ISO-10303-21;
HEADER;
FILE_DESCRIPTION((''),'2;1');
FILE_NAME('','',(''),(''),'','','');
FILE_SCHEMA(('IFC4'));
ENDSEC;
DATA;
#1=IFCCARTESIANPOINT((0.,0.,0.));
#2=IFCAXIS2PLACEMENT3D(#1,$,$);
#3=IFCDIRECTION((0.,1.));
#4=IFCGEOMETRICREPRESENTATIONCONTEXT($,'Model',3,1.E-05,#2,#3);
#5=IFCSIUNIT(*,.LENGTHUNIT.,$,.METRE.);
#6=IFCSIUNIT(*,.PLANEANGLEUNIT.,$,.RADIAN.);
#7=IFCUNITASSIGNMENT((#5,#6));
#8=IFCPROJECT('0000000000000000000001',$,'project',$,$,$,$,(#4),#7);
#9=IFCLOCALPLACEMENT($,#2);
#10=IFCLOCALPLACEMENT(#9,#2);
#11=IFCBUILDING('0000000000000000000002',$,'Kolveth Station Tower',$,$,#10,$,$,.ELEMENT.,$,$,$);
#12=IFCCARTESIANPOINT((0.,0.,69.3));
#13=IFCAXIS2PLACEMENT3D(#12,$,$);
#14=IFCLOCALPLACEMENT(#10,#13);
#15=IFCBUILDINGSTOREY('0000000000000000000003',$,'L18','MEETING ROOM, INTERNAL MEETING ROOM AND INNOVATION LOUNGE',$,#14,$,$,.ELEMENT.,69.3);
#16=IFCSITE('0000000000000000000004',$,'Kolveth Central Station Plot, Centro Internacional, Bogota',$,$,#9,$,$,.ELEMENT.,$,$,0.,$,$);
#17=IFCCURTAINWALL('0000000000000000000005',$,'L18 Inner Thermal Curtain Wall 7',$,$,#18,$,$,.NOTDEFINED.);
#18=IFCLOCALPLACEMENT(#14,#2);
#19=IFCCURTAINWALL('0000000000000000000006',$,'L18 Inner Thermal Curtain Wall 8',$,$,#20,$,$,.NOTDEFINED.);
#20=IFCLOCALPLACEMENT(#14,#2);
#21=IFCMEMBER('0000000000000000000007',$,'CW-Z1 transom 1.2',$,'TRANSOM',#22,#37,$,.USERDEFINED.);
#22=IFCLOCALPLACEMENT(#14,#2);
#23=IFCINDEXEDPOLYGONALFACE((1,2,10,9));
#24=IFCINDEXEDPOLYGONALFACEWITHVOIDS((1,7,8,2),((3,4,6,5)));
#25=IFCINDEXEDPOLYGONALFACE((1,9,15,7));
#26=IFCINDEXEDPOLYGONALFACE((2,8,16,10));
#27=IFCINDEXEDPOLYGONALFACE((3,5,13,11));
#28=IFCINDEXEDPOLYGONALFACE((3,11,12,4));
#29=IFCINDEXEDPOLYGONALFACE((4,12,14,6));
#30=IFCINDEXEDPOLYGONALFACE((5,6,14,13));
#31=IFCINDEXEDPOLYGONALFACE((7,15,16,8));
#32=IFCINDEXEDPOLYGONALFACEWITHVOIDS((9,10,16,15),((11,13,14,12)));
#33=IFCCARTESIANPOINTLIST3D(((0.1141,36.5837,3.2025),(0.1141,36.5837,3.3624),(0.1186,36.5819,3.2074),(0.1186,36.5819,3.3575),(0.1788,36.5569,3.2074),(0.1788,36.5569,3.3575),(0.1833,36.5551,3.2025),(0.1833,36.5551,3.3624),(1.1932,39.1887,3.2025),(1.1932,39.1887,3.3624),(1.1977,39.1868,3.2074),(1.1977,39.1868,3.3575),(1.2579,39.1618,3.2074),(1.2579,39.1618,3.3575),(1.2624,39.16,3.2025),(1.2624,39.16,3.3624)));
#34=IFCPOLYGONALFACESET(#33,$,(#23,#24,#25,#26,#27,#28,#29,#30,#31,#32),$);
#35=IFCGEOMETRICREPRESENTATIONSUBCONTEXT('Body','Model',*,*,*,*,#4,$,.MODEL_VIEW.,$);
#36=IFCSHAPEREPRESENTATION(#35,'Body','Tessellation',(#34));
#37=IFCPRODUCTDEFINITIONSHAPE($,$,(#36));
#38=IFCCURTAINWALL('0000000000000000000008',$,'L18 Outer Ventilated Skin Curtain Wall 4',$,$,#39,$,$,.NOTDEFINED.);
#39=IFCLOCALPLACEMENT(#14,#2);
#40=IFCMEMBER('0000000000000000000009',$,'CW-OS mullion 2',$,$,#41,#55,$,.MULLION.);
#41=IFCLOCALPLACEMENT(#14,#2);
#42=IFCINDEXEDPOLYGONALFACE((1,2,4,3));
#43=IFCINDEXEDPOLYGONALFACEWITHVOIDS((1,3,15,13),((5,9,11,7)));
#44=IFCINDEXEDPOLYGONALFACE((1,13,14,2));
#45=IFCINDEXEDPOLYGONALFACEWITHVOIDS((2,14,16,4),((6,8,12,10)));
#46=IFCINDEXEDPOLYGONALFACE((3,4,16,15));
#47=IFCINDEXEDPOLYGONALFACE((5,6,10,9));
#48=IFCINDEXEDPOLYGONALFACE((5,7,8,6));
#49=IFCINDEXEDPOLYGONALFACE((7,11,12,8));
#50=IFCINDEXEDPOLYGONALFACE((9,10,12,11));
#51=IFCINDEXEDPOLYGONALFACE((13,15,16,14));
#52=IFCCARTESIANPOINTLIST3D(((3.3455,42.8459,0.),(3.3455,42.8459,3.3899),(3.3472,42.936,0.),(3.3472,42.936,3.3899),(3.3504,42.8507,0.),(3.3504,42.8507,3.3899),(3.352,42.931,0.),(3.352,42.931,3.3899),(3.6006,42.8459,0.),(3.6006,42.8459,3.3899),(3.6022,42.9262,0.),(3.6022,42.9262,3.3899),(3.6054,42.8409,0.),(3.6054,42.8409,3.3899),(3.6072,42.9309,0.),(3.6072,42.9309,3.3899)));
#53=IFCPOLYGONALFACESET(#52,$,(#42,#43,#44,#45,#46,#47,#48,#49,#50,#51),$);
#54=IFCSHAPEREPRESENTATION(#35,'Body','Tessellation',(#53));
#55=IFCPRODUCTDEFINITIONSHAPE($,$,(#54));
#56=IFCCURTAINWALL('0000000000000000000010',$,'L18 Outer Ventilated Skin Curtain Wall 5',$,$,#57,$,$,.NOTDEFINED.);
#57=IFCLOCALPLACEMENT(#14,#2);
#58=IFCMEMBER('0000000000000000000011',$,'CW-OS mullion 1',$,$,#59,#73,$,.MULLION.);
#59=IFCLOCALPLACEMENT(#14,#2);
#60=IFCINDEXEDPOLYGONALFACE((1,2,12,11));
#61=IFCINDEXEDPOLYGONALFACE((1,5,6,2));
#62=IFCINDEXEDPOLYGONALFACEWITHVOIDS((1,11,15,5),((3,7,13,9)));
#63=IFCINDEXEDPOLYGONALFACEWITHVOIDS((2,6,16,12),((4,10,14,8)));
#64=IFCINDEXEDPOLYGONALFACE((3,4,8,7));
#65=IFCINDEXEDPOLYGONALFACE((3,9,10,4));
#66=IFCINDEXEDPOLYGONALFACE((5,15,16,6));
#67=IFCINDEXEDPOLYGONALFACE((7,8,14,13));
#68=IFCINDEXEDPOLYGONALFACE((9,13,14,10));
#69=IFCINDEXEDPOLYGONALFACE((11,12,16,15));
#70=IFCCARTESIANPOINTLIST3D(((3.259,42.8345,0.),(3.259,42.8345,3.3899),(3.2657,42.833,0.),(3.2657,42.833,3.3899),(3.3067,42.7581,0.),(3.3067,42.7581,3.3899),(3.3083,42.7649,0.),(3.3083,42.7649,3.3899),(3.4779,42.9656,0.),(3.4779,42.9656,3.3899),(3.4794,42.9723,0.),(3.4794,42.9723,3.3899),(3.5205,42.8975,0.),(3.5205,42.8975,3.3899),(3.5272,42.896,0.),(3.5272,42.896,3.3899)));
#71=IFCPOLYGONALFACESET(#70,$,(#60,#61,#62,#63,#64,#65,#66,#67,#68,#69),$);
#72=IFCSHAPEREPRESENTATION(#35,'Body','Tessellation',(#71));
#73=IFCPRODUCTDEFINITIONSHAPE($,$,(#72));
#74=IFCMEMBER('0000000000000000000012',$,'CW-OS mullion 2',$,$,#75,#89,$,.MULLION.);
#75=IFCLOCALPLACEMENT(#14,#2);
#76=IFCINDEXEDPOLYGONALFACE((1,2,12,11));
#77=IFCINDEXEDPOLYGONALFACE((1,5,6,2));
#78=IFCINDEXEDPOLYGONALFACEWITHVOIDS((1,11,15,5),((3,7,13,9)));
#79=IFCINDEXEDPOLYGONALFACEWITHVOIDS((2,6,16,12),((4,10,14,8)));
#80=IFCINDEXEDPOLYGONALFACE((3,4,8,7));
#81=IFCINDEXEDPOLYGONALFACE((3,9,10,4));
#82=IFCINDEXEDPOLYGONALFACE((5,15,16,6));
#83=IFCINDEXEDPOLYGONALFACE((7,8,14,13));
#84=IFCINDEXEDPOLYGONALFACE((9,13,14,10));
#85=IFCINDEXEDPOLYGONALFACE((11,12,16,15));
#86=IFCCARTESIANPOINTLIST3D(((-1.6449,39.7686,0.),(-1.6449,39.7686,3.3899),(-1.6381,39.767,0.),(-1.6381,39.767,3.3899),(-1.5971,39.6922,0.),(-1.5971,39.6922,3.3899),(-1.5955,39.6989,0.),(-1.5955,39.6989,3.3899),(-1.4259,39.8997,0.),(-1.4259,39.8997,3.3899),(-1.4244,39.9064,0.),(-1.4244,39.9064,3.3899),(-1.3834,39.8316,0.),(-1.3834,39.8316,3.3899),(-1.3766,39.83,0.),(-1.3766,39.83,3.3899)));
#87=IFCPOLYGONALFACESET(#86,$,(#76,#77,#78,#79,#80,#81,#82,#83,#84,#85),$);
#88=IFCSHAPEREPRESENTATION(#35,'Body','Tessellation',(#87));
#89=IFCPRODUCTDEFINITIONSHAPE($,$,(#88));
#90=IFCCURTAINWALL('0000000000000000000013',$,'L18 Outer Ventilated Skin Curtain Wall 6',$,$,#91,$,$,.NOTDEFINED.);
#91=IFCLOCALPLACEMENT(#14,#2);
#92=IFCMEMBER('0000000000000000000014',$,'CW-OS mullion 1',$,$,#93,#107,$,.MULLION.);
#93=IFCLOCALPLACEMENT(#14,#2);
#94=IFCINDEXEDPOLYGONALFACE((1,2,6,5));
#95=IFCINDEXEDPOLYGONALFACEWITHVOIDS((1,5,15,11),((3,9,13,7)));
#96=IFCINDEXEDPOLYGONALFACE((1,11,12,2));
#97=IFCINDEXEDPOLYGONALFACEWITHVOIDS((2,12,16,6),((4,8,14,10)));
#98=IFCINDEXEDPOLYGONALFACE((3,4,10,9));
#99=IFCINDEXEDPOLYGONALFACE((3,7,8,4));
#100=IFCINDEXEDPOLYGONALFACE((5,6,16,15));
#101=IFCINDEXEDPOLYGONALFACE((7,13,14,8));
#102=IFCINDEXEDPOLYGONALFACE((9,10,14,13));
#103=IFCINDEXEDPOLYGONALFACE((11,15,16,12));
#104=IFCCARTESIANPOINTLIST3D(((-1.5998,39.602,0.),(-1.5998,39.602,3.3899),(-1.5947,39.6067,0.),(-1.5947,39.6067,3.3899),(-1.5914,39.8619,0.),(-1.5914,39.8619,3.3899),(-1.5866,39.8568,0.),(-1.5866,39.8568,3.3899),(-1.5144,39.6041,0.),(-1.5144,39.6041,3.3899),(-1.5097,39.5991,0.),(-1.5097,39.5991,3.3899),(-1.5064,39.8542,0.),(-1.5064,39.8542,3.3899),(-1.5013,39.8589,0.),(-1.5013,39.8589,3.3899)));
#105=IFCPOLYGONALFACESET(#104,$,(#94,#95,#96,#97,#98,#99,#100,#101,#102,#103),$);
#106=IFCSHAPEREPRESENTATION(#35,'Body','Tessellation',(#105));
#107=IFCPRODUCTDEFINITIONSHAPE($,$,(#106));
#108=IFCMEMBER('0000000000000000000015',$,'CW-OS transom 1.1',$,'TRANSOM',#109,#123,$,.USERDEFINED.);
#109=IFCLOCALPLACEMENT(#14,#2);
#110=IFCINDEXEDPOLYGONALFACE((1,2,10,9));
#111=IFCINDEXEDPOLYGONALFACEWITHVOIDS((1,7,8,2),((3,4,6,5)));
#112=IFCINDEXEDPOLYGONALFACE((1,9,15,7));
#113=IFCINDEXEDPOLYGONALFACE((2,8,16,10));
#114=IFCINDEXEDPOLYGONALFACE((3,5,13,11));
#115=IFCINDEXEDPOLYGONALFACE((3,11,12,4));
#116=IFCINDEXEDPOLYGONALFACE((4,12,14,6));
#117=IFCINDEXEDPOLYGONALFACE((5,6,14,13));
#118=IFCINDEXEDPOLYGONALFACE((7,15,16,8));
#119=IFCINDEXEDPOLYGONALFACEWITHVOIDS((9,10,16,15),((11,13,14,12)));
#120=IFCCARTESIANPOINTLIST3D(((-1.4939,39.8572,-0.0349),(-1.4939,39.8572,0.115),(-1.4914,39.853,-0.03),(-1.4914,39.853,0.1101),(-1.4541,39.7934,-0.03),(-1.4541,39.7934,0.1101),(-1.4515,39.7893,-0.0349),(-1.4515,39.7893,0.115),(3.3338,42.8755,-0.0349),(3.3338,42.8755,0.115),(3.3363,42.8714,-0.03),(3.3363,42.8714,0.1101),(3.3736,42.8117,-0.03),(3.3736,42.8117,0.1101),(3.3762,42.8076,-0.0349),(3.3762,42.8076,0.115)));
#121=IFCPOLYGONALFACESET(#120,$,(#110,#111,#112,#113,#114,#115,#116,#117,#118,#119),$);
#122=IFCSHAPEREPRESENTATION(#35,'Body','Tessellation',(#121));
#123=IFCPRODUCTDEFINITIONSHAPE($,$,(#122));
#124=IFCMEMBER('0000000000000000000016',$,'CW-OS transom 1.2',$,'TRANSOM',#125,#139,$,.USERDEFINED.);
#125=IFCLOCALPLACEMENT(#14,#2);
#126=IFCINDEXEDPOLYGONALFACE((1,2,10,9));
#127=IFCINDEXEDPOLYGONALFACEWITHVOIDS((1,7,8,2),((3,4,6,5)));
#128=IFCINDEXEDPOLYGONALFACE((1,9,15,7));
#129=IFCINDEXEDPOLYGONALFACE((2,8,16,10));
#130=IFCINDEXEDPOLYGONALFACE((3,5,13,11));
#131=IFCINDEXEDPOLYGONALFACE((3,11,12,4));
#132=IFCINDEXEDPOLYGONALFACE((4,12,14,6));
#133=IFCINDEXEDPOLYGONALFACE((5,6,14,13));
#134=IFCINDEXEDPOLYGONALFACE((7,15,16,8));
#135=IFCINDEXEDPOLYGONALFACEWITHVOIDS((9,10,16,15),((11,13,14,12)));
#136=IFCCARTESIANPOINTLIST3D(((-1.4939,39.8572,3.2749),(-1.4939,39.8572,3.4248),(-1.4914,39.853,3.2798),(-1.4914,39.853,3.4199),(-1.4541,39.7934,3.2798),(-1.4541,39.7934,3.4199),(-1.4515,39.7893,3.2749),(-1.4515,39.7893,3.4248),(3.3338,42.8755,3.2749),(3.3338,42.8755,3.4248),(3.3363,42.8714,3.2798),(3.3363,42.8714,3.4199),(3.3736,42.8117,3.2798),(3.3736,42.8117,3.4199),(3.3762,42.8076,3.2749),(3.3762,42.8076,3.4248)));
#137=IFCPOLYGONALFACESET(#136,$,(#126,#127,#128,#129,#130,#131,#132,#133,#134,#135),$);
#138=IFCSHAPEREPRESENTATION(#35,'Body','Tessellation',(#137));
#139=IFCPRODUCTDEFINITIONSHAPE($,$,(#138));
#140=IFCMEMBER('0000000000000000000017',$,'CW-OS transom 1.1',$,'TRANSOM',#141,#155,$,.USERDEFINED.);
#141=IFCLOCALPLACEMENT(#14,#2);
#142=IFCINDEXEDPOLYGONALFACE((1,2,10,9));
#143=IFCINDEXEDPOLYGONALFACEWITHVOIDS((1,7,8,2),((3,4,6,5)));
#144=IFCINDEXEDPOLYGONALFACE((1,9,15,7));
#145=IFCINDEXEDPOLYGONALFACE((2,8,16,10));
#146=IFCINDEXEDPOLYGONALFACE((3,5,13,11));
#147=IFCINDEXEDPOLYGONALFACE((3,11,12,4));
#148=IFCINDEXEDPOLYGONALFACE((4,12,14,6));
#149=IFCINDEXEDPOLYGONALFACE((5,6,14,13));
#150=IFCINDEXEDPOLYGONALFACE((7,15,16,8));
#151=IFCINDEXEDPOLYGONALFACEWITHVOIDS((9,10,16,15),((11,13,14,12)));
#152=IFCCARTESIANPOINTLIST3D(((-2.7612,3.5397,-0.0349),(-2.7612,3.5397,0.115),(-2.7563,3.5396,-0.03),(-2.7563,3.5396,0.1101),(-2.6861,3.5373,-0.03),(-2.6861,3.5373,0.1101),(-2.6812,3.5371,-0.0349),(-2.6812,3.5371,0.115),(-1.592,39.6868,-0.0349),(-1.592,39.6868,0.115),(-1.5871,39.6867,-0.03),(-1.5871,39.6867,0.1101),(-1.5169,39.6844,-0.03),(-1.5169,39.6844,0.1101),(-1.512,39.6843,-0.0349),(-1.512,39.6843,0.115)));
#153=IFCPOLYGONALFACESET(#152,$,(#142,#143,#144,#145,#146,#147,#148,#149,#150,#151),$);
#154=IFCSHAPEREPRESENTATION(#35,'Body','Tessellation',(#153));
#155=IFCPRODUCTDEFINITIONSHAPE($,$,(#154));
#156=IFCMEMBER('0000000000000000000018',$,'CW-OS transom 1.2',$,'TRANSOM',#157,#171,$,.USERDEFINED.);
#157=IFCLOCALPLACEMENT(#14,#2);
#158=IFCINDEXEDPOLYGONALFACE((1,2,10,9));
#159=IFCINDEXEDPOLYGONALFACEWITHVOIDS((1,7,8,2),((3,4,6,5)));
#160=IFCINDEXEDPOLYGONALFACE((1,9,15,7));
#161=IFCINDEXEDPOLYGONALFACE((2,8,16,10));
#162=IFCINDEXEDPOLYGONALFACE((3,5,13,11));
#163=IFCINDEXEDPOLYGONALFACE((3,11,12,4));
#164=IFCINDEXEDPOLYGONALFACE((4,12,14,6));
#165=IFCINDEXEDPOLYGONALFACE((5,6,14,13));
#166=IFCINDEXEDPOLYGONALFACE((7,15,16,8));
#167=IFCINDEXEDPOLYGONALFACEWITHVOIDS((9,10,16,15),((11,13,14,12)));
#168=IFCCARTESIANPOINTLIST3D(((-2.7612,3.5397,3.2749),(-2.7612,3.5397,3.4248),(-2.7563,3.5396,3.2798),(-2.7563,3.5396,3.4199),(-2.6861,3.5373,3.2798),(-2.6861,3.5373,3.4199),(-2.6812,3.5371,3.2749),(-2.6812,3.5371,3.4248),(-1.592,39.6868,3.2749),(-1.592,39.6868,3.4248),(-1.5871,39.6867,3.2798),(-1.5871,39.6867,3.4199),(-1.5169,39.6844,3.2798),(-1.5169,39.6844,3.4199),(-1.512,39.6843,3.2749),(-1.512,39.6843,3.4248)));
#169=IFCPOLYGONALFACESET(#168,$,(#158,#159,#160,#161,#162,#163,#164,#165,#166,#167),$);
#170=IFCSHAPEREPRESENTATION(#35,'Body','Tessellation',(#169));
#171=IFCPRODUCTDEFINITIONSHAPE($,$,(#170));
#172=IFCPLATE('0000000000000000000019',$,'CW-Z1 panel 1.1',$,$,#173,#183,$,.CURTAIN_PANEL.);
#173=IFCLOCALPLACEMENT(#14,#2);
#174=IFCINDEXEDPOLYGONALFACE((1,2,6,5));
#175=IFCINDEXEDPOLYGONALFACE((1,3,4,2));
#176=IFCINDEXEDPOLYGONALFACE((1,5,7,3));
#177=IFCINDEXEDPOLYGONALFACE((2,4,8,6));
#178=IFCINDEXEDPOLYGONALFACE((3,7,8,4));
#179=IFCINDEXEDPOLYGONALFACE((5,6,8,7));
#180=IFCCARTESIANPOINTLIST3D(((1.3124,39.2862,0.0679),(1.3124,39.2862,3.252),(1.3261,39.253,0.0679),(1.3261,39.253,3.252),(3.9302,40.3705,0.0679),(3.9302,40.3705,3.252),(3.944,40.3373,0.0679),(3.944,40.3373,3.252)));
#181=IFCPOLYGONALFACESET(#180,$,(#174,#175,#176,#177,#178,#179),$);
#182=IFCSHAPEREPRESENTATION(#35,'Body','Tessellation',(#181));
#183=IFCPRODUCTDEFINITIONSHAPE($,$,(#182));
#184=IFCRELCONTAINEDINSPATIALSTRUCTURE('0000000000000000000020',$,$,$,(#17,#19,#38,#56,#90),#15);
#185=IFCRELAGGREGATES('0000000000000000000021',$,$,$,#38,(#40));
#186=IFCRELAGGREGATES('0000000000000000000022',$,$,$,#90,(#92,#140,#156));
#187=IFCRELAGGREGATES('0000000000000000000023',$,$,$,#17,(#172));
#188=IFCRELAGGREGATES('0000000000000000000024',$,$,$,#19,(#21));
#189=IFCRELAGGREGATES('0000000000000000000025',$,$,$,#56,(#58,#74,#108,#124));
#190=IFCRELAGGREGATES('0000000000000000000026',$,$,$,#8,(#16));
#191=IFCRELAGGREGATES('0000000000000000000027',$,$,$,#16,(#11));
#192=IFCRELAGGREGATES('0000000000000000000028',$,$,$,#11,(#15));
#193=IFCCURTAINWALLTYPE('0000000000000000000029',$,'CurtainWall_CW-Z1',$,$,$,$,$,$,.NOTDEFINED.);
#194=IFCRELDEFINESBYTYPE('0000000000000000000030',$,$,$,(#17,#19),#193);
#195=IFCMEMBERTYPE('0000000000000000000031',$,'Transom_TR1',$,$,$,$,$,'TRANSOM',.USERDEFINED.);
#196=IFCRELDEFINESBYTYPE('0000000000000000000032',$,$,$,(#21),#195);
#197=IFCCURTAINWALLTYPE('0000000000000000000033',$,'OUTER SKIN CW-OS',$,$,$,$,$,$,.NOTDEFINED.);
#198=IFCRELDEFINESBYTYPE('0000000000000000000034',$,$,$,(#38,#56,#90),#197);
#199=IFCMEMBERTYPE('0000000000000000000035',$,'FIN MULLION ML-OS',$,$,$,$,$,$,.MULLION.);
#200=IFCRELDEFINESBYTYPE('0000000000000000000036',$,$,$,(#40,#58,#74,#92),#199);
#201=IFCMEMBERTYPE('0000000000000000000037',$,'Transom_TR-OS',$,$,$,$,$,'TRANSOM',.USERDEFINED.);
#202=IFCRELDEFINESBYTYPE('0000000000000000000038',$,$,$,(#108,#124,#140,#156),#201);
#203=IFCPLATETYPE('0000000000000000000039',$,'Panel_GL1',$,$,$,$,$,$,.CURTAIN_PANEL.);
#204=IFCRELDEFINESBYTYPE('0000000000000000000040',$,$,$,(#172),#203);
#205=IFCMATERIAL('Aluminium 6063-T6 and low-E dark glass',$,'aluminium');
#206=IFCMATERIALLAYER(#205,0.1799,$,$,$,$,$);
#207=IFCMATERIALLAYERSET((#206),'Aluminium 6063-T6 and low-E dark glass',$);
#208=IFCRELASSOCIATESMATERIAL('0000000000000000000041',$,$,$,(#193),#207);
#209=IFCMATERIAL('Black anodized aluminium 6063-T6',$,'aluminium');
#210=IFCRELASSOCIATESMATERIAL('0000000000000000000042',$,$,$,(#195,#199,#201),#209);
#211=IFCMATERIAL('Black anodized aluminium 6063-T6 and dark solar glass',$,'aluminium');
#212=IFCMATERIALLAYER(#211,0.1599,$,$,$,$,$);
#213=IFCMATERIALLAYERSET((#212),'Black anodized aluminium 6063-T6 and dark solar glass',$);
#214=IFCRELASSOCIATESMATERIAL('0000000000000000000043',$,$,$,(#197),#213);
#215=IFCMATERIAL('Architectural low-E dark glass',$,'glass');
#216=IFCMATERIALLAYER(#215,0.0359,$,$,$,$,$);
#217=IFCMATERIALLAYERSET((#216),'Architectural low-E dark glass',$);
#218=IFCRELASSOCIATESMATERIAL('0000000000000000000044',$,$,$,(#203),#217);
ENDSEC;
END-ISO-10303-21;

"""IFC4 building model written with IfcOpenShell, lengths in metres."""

from ifc_helpers import new_model, si_unit, direction, frame, origin, origin_2d, place, context, subcontext, project, spatial, rectangle, hollow_rectangle, extrude, source, transform, mapped, material, layer, layer_set, material_profile, profile_set, type_object, element, aggregate, save


model = new_model("IFC4")

# Units and contexts
model_context = context("Model", 3, precision=1e-05, world=origin(), true_north=direction((0.0, 1.0)))
body_context = subcontext(model_context, "Body", "Model", "MODEL_VIEW")
ifc_project = project(units=[si_unit("LENGTHUNIT", "METRE"), si_unit("PLANEANGLEUNIT", "RADIAN")], contexts=[model_context])

# Site, building, storey
site_placement = place(None, origin())
site = spatial("IfcSite", under=ifc_project, at=site_placement, Name="Kolveth Central Station Plot, Centro Internacional, Bogota", CompositionType="ELEMENT", RefElevation=0.0)
building_placement = place(site_placement, origin())
building = spatial("IfcBuilding", under=site, at=building_placement, Name="Kolveth Station Tower", CompositionType="ELEMENT")
storey_placement = place(building_placement, frame((0.0, 0.0, 69.3)))
storey = spatial("IfcBuildingStorey", under=building, at=storey_placement, Name="L18", Description="MEETING ROOM, INTERNAL MEETING ROOM AND INNOVATION LOUNGE", CompositionType="ELEMENT", Elevation=69.3)

# Shared definitions
ifc_material_1 = material(Name="Aluminium 6063-T6 and low-E dark glass", Category="aluminium")
ifc_layer_1 = layer(ifc_material_1, 0.1799)
ifc_layer_set_1 = layer_set([ifc_layer_1], Name="Aluminium 6063-T6 and low-E dark glass")
curtain_wall_type_1 = type_object("IfcCurtainWallType", Name="CurtainWall_CW-Z1", PredefinedType="NOTDEFINED", material=ifc_layer_set_1)
ifc_material_2 = material(Name="Black anodized aluminium 6063-T6", Category="aluminium")

# Curtain walls
curtain_wall_1_placement = place(storey_placement, origin())
curtain_wall_1 = element("IfcCurtainWall", 1, at=curtain_wall_1_placement, inside=storey, type_object=curtain_wall_type_1, Name="L18 Inner Thermal Curtain Wall 7", PredefinedType="NOTDEFINED")
curtain_wall_2_placement = place(storey_placement, origin())
curtain_wall_2 = element("IfcCurtainWall", 2, at=curtain_wall_2_placement, inside=storey, type_object=curtain_wall_type_1, Name="L18 Inner Thermal Curtain Wall 8", PredefinedType="NOTDEFINED")

# Member
ifc_material_profile_1 = material_profile(ifc_material_2, hollow_rectangle(XDim=0.075, YDim=0.1599, WallThickness=0.0049, at=origin_2d()), Name="ALU-75x160x5")
ifc_profile_set_1 = profile_set([ifc_material_profile_1], Name="Black anodized aluminium 6063-T6")
member_type_1 = type_object("IfcMemberType", Name="Transom_TR1", ElementType="TRANSOM", PredefinedType="USERDEFINED", material=ifc_profile_set_1)
shared_shape_1 = source(origin(), body_context, "Body", "SweptSolid", [
    extrude(hollow_rectangle(XDim=0.075, YDim=0.1599, WallThickness=0.0049, at=origin_2d()), origin(), (0.0, 0.0, 1.0), 2.8196),
])
member_1_placement = place(storey_placement, frame((1.2278, 39.1743, 3.2825), z_axis=(-0.382709, -0.923869, 0.0), x_axis=(0.923869, -0.382709, 0.0)))
member_1 = element("IfcMember", 3, at=member_1_placement, type_object=member_type_1, Name="CW-Z1 transom 1.2", ObjectType="TRANSOM", PredefinedType="USERDEFINED", context=body_context, shape_type="MappedRepresentation", body=[
    mapped(shared_shape_1, transform((0.0, 0.0, 0.0), x_axis=(1.0, 0.0, 0.0), y_axis=(0.0, 1.0, 0.0), z_axis=(0.0, 0.0, 1.0), scale=1.0)),
])

# Curtain wall, member
ifc_material_3 = material(Name="Black anodized aluminium 6063-T6 and dark solar glass", Category="aluminium")
ifc_layer_2 = layer(ifc_material_3, 0.1599)
ifc_layer_set_2 = layer_set([ifc_layer_2], Name="Black anodized aluminium 6063-T6 and dark solar glass")
curtain_wall_type_2 = type_object("IfcCurtainWallType", Name="OUTER SKIN CW-OS", PredefinedType="NOTDEFINED", material=ifc_layer_set_2)
curtain_wall_3_placement = place(storey_placement, origin())
curtain_wall_3 = element("IfcCurtainWall", 4, at=curtain_wall_3_placement, inside=storey, type_object=curtain_wall_type_2, Name="L18 Outer Ventilated Skin Curtain Wall 4", PredefinedType="NOTDEFINED")
ifc_material_profile_2 = material_profile(ifc_material_2, hollow_rectangle(XDim=0.0901, YDim=0.26, WallThickness=0.0049, at=origin_2d()), Name="ALU-90x260x5")
ifc_profile_set_2 = profile_set([ifc_material_profile_2], Name="Black anodized aluminium 6063-T6")
member_type_2 = type_object("IfcMemberType", Name="FIN MULLION ML-OS", PredefinedType="MULLION", material=ifc_profile_set_2)
shared_shape_2 = source(origin(), body_context, "Body", "SweptSolid", [
    extrude(hollow_rectangle(XDim=0.0901, YDim=0.26, WallThickness=0.0049, at=origin_2d()), origin(), (0.0, 0.0, 1.0), 3.3899),
])
member_2_placement = place(storey_placement, frame((3.4763, 42.8884, 0.0), z_axis=(0.0, 0.0, 1.0), x_axis=(-0.019361, -0.999813, 0.0)))
member_2 = element("IfcMember", 5, at=member_2_placement, type_object=member_type_2, Name="CW-OS mullion 2", PredefinedType="MULLION", context=body_context, shape_type="MappedRepresentation", body=[
    mapped(shared_shape_2, transform((0.0, 0.0, 0.0), x_axis=(1.0, 0.0, 0.0), y_axis=(0.0, 1.0, 0.0), z_axis=(0.0, 0.0, 1.0), scale=1.0)),
])
aggregate(curtain_wall_3, [member_2])

# Curtain wall, members
curtain_wall_4_placement = place(storey_placement, origin())
curtain_wall_4 = element("IfcCurtainWall", 6, at=curtain_wall_4_placement, inside=storey, type_object=curtain_wall_type_2, Name="L18 Outer Ventilated Skin Curtain Wall 5", PredefinedType="NOTDEFINED")
member_3_placement = place(storey_placement, frame((3.3931, 42.8652, 0.0), z_axis=(0.0, 0.0, 1.0), x_axis=(0.530123, -0.847921, 0.0)))
member_3 = element("IfcMember", 7, at=member_3_placement, type_object=member_type_2, Name="CW-OS mullion 1", PredefinedType="MULLION", context=body_context, shape_type="MappedRepresentation", body=[
    mapped(shared_shape_2, transform((0.0, 0.0, 0.0), x_axis=(1.0, 0.0, 0.0), y_axis=(0.0, 1.0, 0.0), z_axis=(0.0, 0.0, 1.0), scale=1.0)),
])
member_4_placement = place(storey_placement, frame((-1.5107, 39.7993, 0.0), z_axis=(0.0, 0.0, 1.0), x_axis=(0.530123, -0.847921, 0.0)))
member_4 = element("IfcMember", 8, at=member_4_placement, type_object=member_type_2, Name="CW-OS mullion 2", PredefinedType="MULLION", context=body_context, shape_type="MappedRepresentation", body=[
    mapped(shared_shape_2, transform((0.0, 0.0, 0.0), x_axis=(1.0, 0.0, 0.0), y_axis=(0.0, 1.0, 0.0), z_axis=(0.0, 0.0, 1.0), scale=1.0)),
])

# Curtain wall, member
curtain_wall_5_placement = place(storey_placement, origin())
curtain_wall_5 = element("IfcCurtainWall", 9, at=curtain_wall_5_placement, inside=storey, type_object=curtain_wall_type_2, Name="L18 Outer Ventilated Skin Curtain Wall 6", PredefinedType="NOTDEFINED")
member_5_placement = place(storey_placement, frame((-1.5505, 39.7305, 0.0), z_axis=(0.0, 0.0, 1.0), x_axis=(0.999477, -0.032334, 0.0)))
member_5 = element("IfcMember", 10, at=member_5_placement, type_object=member_type_2, Name="CW-OS mullion 1", PredefinedType="MULLION", context=body_context, shape_type="MappedRepresentation", body=[
    mapped(shared_shape_2, transform((0.0, 0.0, 0.0), x_axis=(1.0, 0.0, 0.0), y_axis=(0.0, 1.0, 0.0), z_axis=(0.0, 0.0, 1.0), scale=1.0)),
])

# Members
ifc_material_profile_3 = material_profile(ifc_material_2, hollow_rectangle(XDim=0.0801, YDim=0.1499, WallThickness=0.0049, at=origin_2d()), Name="ALU-80x150x5")
ifc_profile_set_3 = profile_set([ifc_material_profile_3], Name="Black anodized aluminium 6063-T6")
member_type_3 = type_object("IfcMemberType", Name="Transom_TR-OS", ElementType="TRANSOM", PredefinedType="USERDEFINED", material=ifc_profile_set_3)
shared_shape_3 = source(origin(), body_context, "Body", "SweptSolid", [
    extrude(hollow_rectangle(XDim=0.0801, YDim=0.1499, WallThickness=0.0049, at=origin_2d()), origin(), (0.0, 0.0, 1.0), 5.6936),
])
member_6_placement = place(storey_placement, frame((3.355, 42.8416, 0.04), z_axis=(-0.847916, -0.53013, 0.0), x_axis=(0.53013, -0.847916, 0.0)))
member_6 = element("IfcMember", 11, at=member_6_placement, type_object=member_type_3, Name="CW-OS transom 1.1", ObjectType="TRANSOM", PredefinedType="USERDEFINED", context=body_context, shape_type="MappedRepresentation", body=[
    mapped(shared_shape_3, transform((0.0, 0.0, 0.0), x_axis=(1.0, 0.0, 0.0), y_axis=(0.0, 1.0, 0.0), z_axis=(0.0, 0.0, 1.0), scale=1.0)),
])
member_7_placement = place(storey_placement, frame((3.355, 42.8416, 3.3499), z_axis=(-0.847916, -0.53013, 0.0), x_axis=(0.53013, -0.847916, 0.0)))
member_7 = element("IfcMember", 12, at=member_7_placement, type_object=member_type_3, Name="CW-OS transom 1.2", ObjectType="TRANSOM", PredefinedType="USERDEFINED", context=body_context, shape_type="MappedRepresentation", body=[
    mapped(shared_shape_3, transform((0.0, 0.0, 0.0), x_axis=(1.0, 0.0, 0.0), y_axis=(0.0, 1.0, 0.0), z_axis=(0.0, 0.0, 1.0), scale=1.0)),
])
shared_shape_4 = source(origin(), body_context, "Body", "SweptSolid", [
    extrude(hollow_rectangle(XDim=0.0801, YDim=0.1499, WallThickness=0.0049, at=origin_2d()), origin(), (0.0, 0.0, 1.0), 36.166),
])
member_8_placement = place(storey_placement, frame((-1.552, 39.6855, 0.04), z_axis=(-0.032328, -0.999477, 0.0), x_axis=(0.999477, -0.032328, 0.0)))
member_8 = element("IfcMember", 13, at=member_8_placement, type_object=member_type_3, Name="CW-OS transom 1.1", ObjectType="TRANSOM", PredefinedType="USERDEFINED", context=body_context, shape_type="MappedRepresentation", body=[
    mapped(shared_shape_4, transform((0.0, 0.0, 0.0), x_axis=(1.0, 0.0, 0.0), y_axis=(0.0, 1.0, 0.0), z_axis=(0.0, 0.0, 1.0), scale=1.0)),
])
member_9_placement = place(storey_placement, frame((-1.552, 39.6855, 3.3499), z_axis=(-0.032328, -0.999477, 0.0), x_axis=(0.999477, -0.032328, 0.0)))
member_9 = element("IfcMember", 14, at=member_9_placement, type_object=member_type_3, Name="CW-OS transom 1.2", ObjectType="TRANSOM", PredefinedType="USERDEFINED", context=body_context, shape_type="MappedRepresentation", body=[
    mapped(shared_shape_4, transform((0.0, 0.0, 0.0), x_axis=(1.0, 0.0, 0.0), y_axis=(0.0, 1.0, 0.0), z_axis=(0.0, 0.0, 1.0), scale=1.0)),
])
aggregate(curtain_wall_5, [member_5, member_8, member_9])

# Plate
ifc_material_4 = material(Name="Architectural low-E dark glass", Category="glass")
ifc_layer_3 = layer(ifc_material_4, 0.0359)
ifc_layer_set_3 = layer_set([ifc_layer_3], Name="Architectural low-E dark glass")
plate_type_1 = type_object("IfcPlateType", Name="Panel_GL1", PredefinedType="CURTAIN_PANEL", material=ifc_layer_set_3)
shared_shape_5 = source(origin(), body_context, "Body", "SweptSolid", [
    extrude(rectangle(XDim=2.8335, YDim=0.0359, at=origin_2d()), origin(), (0.0, 0.0, 1.0), 3.1841),
])
plate_1_placement = place(storey_placement, frame((2.6282, 39.8118, 0.0679), z_axis=(0.0, 0.0, 1.0), x_axis=(-0.923884, -0.382673, 0.0)))
plate_1 = element("IfcPlate", 15, at=plate_1_placement, type_object=plate_type_1, Name="CW-Z1 panel 1.1", PredefinedType="CURTAIN_PANEL", context=body_context, shape_type="MappedRepresentation", body=[
    mapped(shared_shape_5, transform((0.0, 0.0, 0.0), x_axis=(1.0, 0.0, 0.0), y_axis=(0.0, 1.0, 0.0), z_axis=(0.0, 0.0, 1.0), scale=1.0)),
])
aggregate(curtain_wall_1, [plate_1])
aggregate(curtain_wall_2, [member_1])
aggregate(curtain_wall_4, [member_3, member_4, member_6, member_7])

save(model, "model.ifc")
